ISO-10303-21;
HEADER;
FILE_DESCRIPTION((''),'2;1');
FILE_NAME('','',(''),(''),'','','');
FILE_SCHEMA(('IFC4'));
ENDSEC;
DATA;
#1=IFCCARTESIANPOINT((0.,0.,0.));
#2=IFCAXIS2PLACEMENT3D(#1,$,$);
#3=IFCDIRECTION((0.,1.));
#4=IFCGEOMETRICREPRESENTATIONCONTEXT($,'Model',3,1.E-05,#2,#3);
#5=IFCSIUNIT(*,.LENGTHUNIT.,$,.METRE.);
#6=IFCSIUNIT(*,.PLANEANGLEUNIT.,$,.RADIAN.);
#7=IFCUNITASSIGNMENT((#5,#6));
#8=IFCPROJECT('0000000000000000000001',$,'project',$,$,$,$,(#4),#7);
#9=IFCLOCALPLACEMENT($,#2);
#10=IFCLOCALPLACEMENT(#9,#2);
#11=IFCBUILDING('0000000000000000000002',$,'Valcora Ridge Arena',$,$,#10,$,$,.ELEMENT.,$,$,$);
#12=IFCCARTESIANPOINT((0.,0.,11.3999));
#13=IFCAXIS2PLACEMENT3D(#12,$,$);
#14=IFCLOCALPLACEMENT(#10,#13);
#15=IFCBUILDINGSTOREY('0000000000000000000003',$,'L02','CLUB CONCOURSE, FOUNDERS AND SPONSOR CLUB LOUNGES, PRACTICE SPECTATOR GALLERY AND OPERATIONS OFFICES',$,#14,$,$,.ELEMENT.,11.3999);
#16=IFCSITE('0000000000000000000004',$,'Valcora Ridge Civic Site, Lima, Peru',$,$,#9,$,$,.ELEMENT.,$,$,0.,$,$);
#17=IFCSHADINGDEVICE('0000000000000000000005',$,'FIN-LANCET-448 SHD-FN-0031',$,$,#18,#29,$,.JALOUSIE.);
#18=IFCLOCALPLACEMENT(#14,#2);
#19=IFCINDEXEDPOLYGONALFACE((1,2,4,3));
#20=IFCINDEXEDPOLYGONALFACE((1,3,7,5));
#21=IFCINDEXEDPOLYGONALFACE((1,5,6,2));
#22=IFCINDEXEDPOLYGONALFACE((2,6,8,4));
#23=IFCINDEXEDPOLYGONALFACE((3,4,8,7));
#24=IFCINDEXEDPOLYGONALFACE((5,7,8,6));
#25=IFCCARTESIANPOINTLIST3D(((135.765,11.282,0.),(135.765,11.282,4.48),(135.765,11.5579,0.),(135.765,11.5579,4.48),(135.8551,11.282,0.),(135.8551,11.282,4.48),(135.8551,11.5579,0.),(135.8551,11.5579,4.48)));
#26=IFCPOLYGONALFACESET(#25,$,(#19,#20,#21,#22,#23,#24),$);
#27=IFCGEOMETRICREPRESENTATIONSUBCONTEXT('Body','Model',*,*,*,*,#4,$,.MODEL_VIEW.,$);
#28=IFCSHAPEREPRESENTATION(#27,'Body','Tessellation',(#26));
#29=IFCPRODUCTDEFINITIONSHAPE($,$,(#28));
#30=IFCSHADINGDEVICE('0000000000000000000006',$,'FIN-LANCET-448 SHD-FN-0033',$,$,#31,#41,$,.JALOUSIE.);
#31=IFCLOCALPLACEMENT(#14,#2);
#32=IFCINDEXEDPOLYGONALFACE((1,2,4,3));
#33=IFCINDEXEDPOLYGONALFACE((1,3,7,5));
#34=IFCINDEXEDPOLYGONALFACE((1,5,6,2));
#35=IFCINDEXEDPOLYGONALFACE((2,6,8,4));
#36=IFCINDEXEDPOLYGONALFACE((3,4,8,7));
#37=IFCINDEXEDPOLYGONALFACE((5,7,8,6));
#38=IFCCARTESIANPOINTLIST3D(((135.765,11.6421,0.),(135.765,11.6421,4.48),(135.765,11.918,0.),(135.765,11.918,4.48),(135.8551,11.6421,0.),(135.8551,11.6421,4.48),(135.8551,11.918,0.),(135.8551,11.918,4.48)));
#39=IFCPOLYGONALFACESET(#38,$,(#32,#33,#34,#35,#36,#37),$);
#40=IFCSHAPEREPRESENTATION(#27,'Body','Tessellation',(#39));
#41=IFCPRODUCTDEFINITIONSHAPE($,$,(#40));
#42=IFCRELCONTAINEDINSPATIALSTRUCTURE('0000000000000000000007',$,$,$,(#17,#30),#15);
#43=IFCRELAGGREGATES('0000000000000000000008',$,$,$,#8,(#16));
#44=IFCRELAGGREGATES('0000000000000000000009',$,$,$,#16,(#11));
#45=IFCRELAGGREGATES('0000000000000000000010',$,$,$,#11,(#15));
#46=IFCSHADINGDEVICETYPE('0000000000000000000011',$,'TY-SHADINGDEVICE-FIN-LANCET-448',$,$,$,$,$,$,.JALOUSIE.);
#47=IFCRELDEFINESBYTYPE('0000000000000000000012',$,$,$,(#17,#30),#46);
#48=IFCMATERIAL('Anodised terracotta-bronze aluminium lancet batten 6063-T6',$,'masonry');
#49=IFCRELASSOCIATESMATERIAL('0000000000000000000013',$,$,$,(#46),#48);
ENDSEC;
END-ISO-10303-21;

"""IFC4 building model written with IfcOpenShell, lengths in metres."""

from ifc_helpers import new_model, si_unit, direction, frame, origin, origin_2d, place, context, subcontext, project, spatial, rectangle, extrude, material, material_profile, profile_set, type_object, element, save


model = new_model("IFC4")

# Units and contexts
model_context = context("Model", 3, precision=1e-05, world=origin(), true_north=direction((0.0, 1.0)))
body_context = subcontext(model_context, "Body", "Model", "MODEL_VIEW")
ifc_project = project(units=[si_unit("LENGTHUNIT", "METRE"), si_unit("PLANEANGLEUNIT", "RADIAN")], contexts=[model_context])

# Site, building, storey
site_placement = place(None, origin())
site = spatial("IfcSite", under=ifc_project, at=site_placement, Name="Valcora Ridge Civic Site, Lima, Peru", CompositionType="ELEMENT", RefElevation=0.0)
building_placement = place(site_placement, origin())
building = spatial("IfcBuilding", under=site, at=building_placement, Name="Valcora Ridge Arena", CompositionType="ELEMENT")
storey_placement = place(building_placement, frame((0.0, 0.0, 11.3999)))
storey = spatial("IfcBuildingStorey", under=building, at=storey_placement, Name="L02", Description="CLUB CONCOURSE, FOUNDERS AND SPONSOR CLUB LOUNGES, PRACTICE SPECTATOR GALLERY AND OPERATIONS OFFICES", CompositionType="ELEMENT", Elevation=11.3999)

# Shading devices
ifc_material_1 = material(Name="Anodised terracotta-bronze aluminium lancet batten 6063-T6", Category="masonry")
ifc_material_profile_1 = material_profile(ifc_material_1, rectangle(XDim=0.0901, YDim=0.2759, at=origin_2d()), Name="ALU LANCET BATTEN 90x276")
ifc_profile_set_1 = profile_set([ifc_material_profile_1], Name="Anodised terracotta-bronze aluminium lancet batten 6063-T6")
shading_device_type = type_object("IfcShadingDeviceType", Name="TY-SHADINGDEVICE-FIN-LANCET-448", PredefinedType="JALOUSIE", material=ifc_profile_set_1)
for number, where, z_axis, x_axis, name in (
    (1, (135.8101, 11.4199, 0.0), (0.0, 0.0, 1.0), (1.0, 0.0, 0.0), "FIN-LANCET-448 SHD-FN-0031"),
    (2, (135.8101, 11.78, 0.0), (0.0, 0.0, 1.0), (1.0, 0.0, 0.0), "FIN-LANCET-448 SHD-FN-0033"),
):
    element("IfcShadingDevice", number, at=place(storey_placement, frame(where, z_axis=z_axis, x_axis=x_axis)), inside=storey, type_object=shading_device_type, Name=name, PredefinedType="JALOUSIE", context=body_context, shape_type="SweptSolid", body=[
        extrude(rectangle(XDim=0.0901, YDim=0.2759, at=origin_2d()), origin(), (0.0, 0.0, 1.0), 4.48),
    ])

save(model, "model.ifc")
